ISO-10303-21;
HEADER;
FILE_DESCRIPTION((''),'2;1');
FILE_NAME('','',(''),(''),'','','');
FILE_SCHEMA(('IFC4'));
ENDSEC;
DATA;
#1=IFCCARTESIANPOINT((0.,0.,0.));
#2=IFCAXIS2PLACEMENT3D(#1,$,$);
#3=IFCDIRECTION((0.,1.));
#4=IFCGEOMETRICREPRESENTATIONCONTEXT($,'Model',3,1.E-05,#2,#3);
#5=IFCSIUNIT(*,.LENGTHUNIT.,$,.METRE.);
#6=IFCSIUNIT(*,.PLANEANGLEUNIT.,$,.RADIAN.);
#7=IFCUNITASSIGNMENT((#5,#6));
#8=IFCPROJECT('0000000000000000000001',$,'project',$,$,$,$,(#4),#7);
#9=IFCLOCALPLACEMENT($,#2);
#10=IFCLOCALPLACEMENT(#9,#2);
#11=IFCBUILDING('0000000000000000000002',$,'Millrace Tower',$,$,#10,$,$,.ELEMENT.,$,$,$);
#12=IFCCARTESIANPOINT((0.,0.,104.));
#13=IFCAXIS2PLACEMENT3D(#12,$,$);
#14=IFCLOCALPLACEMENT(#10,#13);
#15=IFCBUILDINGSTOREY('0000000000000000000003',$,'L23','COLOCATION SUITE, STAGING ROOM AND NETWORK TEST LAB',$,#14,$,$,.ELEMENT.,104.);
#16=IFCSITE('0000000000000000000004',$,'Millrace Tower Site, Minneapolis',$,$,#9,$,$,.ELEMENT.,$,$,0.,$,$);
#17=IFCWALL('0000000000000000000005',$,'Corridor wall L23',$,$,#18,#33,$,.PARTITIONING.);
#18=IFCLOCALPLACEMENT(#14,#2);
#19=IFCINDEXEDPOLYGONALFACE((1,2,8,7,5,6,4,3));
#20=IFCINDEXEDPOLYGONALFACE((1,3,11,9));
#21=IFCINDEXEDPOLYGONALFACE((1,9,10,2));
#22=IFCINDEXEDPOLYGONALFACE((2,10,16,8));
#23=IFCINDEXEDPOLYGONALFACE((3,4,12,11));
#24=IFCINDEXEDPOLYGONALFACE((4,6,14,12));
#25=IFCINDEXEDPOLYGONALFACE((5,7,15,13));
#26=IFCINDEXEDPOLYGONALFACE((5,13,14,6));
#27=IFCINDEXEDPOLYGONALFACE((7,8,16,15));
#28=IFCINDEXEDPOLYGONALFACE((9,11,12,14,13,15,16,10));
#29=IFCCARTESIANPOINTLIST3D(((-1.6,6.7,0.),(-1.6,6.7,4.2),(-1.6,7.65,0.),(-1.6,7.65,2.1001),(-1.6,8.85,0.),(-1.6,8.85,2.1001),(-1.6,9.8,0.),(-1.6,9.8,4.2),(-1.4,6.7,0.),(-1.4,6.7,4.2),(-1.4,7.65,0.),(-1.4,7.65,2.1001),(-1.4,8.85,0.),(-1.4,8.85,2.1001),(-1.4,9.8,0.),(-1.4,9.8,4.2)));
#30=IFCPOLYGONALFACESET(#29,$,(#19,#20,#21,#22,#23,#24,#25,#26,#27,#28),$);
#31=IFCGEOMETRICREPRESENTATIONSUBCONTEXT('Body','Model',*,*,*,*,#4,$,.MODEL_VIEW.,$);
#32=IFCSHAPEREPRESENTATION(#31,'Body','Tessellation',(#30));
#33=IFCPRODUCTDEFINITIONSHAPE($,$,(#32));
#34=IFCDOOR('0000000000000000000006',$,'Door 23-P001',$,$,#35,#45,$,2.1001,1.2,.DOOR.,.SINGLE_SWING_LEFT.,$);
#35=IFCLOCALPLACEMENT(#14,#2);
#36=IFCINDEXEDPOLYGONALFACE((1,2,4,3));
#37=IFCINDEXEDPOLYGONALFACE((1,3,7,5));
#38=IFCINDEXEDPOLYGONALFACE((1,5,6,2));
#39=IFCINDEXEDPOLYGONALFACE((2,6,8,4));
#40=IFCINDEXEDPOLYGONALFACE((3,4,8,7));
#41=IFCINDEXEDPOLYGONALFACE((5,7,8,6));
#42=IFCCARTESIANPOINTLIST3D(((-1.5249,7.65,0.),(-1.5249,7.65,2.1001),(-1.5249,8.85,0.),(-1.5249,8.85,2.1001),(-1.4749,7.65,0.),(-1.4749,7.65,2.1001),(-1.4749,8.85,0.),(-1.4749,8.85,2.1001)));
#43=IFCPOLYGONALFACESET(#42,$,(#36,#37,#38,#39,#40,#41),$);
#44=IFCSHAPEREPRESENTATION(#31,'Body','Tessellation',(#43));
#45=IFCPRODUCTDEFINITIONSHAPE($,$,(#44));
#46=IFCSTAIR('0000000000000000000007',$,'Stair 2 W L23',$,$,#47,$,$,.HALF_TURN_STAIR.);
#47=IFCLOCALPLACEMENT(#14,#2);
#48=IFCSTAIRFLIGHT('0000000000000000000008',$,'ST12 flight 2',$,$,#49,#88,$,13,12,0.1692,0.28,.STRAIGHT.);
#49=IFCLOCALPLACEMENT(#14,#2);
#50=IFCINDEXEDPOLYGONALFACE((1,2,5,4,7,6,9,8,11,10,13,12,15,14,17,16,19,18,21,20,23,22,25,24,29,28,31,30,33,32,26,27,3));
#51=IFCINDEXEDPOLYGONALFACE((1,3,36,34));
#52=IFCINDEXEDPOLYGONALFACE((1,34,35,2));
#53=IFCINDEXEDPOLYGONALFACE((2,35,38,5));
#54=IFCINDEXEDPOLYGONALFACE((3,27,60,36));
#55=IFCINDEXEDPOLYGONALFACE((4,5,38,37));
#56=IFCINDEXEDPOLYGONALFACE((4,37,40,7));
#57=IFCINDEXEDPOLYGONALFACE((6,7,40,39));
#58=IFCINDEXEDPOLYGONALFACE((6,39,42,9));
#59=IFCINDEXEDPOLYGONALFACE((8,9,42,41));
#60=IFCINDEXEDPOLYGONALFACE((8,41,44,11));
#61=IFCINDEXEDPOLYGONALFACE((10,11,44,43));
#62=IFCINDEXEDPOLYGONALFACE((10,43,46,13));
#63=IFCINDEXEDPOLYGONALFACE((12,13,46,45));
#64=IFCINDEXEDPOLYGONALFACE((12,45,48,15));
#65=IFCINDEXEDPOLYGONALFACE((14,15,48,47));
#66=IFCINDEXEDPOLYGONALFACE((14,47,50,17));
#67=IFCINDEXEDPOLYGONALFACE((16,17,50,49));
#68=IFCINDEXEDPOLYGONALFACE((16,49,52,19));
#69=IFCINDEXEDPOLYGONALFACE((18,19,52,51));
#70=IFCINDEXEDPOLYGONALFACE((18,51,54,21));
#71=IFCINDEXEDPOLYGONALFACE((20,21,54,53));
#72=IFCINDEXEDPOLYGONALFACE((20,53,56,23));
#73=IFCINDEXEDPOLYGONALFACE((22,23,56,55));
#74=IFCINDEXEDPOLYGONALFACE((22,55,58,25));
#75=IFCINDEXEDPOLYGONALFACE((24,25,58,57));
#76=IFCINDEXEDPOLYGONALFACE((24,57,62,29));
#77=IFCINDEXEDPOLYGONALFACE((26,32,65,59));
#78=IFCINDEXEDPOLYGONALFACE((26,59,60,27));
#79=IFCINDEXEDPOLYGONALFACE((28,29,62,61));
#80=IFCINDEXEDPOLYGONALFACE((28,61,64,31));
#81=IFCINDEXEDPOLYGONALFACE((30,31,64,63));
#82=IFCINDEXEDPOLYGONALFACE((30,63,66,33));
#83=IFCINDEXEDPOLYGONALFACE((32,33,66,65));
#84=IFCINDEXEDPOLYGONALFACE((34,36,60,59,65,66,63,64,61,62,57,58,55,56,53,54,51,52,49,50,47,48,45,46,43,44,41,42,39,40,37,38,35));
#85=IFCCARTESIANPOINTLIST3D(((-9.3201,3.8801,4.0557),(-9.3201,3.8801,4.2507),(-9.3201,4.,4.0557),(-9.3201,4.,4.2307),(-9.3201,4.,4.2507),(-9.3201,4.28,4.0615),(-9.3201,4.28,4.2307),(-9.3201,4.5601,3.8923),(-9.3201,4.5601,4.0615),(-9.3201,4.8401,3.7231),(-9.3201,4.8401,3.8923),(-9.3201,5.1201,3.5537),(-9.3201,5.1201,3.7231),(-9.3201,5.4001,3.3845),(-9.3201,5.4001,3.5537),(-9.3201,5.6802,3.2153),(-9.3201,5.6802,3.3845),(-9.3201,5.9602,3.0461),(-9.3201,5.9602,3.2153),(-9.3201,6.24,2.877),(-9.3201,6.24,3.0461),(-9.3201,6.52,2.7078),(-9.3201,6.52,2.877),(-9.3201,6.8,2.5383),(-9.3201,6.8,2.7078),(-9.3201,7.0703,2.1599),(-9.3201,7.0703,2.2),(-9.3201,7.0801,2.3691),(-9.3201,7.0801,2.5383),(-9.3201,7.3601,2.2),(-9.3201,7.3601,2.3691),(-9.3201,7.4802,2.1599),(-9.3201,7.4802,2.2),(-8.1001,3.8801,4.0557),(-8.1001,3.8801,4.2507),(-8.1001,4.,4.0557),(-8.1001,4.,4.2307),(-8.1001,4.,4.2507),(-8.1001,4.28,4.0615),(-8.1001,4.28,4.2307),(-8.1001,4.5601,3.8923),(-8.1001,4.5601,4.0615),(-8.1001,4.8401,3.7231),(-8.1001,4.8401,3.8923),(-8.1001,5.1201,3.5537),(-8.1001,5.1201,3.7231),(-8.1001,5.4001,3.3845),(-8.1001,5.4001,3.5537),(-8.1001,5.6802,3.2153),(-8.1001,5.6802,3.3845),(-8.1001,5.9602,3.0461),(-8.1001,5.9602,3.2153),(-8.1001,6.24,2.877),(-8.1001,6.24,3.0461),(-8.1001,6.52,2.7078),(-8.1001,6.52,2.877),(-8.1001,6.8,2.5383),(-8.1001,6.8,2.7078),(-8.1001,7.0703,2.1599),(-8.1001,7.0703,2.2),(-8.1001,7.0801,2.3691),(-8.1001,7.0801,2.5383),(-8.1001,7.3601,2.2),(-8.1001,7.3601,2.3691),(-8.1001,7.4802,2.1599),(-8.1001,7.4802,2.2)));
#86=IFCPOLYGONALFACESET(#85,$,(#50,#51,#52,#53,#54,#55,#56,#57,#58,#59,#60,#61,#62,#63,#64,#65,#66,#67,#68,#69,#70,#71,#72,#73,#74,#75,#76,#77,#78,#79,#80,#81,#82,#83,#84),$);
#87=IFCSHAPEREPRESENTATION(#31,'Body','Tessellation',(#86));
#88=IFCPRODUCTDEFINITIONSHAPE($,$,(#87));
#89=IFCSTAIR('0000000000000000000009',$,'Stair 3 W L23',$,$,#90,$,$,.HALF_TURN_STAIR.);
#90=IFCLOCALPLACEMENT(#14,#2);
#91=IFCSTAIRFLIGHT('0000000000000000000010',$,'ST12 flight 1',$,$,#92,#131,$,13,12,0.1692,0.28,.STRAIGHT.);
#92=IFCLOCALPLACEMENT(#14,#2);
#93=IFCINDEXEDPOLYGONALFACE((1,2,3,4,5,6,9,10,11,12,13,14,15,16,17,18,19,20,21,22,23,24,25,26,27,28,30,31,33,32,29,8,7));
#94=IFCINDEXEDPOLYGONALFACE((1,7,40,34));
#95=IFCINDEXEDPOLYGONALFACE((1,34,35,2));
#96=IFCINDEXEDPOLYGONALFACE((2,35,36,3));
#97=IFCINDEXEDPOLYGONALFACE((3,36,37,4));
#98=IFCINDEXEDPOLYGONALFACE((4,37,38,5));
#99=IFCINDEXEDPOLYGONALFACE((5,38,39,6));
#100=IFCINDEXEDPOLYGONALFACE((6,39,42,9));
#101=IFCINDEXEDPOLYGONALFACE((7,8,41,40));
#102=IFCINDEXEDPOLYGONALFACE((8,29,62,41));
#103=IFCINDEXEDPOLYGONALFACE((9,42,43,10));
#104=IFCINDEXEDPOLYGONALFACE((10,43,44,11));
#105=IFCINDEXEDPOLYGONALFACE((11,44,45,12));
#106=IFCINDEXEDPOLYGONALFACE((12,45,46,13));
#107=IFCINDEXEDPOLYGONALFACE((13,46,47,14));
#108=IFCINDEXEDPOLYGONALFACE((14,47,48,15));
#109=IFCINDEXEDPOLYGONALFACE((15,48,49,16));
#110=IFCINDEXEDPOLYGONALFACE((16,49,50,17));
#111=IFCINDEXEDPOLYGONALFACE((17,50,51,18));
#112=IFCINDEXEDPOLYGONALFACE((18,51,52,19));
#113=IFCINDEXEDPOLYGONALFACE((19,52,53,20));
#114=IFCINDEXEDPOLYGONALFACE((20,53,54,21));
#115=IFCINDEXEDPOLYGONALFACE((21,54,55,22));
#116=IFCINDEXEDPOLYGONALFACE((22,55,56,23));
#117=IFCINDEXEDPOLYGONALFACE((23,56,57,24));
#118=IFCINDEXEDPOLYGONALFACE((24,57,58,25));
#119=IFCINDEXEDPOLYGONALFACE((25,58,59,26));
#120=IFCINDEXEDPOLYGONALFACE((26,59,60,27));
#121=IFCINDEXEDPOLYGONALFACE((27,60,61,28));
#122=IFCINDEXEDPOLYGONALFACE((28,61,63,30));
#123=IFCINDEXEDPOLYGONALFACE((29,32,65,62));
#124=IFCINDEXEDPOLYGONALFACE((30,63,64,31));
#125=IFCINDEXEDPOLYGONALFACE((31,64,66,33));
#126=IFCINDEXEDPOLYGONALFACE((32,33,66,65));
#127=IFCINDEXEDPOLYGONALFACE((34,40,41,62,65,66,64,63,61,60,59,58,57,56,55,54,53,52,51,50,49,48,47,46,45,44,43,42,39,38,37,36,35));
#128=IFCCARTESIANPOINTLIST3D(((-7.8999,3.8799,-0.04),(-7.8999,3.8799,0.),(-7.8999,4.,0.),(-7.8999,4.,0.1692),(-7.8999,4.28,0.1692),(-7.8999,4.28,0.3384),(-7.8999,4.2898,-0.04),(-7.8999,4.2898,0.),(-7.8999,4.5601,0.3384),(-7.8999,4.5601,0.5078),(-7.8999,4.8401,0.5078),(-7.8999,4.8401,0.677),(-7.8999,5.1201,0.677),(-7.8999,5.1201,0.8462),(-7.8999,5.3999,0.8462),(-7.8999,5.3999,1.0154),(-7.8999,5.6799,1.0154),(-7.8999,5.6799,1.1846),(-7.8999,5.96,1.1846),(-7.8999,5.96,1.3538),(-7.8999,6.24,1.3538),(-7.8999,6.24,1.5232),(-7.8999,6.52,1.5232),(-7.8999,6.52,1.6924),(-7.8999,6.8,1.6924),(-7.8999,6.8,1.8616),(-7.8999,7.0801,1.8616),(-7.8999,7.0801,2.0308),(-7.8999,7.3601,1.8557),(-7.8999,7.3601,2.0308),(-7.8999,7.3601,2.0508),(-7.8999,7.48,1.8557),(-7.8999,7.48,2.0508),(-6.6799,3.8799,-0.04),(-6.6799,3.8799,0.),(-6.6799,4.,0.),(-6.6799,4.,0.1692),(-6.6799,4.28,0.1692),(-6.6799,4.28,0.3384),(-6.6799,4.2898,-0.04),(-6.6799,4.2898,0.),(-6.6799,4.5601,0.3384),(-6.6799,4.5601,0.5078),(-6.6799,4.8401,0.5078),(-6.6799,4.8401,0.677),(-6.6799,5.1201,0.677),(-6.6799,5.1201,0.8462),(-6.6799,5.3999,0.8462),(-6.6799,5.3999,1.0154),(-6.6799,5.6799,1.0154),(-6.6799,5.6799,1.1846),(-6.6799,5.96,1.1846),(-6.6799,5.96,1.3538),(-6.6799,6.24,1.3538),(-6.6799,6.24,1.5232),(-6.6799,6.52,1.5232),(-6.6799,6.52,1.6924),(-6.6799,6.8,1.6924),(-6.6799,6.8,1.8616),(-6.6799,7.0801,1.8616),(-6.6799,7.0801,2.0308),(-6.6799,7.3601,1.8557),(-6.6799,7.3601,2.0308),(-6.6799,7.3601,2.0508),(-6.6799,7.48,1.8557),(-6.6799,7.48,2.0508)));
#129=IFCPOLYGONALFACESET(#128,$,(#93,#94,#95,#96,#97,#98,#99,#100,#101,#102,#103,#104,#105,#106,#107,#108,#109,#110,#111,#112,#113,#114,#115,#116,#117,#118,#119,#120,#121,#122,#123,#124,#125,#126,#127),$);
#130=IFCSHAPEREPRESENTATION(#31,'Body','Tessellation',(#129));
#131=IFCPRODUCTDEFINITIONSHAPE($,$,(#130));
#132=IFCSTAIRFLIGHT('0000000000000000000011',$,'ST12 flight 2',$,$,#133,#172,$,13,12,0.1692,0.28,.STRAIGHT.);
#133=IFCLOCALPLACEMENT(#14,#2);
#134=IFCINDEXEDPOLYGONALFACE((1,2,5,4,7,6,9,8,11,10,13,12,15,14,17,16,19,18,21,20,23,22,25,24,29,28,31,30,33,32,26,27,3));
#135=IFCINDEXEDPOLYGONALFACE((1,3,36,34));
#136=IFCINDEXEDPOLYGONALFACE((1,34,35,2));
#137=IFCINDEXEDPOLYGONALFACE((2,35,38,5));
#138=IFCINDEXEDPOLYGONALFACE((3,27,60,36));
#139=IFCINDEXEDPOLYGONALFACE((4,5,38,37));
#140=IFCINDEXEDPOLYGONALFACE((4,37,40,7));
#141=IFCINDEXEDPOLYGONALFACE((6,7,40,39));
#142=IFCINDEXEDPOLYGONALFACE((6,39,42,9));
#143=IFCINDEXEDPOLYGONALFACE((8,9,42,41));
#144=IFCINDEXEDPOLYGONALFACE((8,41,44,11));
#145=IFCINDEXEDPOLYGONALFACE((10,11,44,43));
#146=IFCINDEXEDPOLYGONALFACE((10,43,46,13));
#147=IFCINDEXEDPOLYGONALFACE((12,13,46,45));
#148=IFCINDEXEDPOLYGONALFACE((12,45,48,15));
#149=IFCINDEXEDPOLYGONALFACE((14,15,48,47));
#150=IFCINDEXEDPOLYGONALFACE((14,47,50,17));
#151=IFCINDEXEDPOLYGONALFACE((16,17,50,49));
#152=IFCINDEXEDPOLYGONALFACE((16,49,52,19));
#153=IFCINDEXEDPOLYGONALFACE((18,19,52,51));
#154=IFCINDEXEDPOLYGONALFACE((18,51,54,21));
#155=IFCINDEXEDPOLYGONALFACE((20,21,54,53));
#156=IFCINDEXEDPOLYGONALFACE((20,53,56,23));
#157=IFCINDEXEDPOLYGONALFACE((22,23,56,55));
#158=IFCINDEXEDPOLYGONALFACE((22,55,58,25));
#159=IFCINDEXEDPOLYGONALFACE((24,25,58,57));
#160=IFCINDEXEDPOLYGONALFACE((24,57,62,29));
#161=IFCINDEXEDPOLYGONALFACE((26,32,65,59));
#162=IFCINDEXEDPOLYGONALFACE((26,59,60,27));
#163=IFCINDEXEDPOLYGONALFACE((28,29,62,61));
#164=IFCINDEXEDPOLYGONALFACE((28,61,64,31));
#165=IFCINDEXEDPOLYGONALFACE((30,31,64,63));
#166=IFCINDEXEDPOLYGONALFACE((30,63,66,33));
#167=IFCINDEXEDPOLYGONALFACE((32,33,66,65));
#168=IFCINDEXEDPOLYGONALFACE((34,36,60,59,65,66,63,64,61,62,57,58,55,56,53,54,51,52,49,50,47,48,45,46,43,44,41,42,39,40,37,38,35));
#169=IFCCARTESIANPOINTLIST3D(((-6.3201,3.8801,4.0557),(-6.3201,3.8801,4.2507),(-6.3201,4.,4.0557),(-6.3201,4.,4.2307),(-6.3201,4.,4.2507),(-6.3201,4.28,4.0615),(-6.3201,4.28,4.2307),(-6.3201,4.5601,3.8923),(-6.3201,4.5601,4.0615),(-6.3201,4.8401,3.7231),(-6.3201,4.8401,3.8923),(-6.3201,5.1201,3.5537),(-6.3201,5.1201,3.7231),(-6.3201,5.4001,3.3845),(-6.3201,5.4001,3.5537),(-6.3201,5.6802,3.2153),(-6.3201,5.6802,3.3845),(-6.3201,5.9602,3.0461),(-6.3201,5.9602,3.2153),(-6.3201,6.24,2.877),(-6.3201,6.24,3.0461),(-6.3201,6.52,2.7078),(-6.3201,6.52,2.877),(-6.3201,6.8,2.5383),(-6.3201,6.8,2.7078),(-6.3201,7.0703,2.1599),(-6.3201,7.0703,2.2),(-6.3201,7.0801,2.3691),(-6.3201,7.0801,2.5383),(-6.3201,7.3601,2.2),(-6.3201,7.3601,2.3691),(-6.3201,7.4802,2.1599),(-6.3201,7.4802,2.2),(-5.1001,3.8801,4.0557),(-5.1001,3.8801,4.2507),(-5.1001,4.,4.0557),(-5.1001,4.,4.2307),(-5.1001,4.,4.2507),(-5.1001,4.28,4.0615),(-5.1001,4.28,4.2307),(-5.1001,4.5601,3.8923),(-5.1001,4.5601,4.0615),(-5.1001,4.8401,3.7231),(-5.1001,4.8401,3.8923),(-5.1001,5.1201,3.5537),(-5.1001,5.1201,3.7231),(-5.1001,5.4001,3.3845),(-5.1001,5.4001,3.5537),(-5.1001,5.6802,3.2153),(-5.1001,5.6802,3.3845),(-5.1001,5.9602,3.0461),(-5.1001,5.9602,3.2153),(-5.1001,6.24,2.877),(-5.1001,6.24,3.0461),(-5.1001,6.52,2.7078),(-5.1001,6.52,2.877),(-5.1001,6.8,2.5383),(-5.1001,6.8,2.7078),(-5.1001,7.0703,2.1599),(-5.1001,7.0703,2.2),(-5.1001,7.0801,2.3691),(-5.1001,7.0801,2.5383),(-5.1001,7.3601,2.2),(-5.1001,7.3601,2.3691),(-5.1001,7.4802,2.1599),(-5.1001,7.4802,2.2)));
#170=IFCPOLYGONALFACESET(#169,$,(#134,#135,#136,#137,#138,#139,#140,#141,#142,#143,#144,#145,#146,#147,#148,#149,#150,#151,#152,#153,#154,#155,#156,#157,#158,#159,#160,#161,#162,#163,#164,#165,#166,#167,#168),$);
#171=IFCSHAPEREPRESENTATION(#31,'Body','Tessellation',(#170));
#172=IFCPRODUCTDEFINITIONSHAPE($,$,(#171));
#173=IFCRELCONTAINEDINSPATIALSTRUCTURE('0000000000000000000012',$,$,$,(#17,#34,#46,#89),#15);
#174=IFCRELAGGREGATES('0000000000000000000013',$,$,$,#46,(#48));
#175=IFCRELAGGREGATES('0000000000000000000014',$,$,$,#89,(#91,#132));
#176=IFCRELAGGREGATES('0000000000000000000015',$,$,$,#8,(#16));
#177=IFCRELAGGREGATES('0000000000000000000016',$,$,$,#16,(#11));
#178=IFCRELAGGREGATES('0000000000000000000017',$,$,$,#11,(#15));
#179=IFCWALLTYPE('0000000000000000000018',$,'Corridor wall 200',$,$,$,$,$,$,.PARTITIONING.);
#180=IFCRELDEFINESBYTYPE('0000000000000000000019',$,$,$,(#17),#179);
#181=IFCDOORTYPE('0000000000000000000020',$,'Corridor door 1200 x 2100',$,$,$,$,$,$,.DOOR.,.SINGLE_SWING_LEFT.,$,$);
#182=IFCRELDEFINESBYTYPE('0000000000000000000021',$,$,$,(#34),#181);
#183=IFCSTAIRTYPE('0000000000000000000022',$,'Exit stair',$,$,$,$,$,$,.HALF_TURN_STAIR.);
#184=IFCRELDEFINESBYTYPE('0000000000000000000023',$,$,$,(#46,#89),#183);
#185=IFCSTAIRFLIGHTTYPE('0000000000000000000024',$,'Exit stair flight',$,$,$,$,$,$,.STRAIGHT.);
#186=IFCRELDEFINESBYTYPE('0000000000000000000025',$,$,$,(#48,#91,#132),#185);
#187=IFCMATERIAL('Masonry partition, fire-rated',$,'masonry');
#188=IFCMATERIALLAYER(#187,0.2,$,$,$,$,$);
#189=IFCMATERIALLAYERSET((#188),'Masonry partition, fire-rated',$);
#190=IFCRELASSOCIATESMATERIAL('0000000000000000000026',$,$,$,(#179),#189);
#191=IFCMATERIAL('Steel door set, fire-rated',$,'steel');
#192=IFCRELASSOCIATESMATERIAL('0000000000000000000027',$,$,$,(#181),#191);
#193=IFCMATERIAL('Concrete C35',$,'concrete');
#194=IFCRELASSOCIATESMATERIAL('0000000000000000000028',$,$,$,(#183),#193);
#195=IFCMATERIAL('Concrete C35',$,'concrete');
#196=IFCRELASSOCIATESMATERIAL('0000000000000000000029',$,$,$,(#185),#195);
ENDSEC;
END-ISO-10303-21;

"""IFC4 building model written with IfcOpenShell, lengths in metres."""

from ifc_helpers import new_model, si_unit, direction, frame, frame_2d, origin, place, context, subcontext, project, spatial, polyline, rectangle, outline, extrude, material, layer, layer_set, type_object, element, fill, aggregate, save


model = new_model("IFC4")

# Units and contexts
model_context = context("Model", 3, precision=1e-05, world=origin(), true_north=direction((0.0, 1.0)))
body_context = subcontext(model_context, "Body", "Model", "MODEL_VIEW")
ifc_project = project(units=[si_unit("LENGTHUNIT", "METRE"), si_unit("PLANEANGLEUNIT", "RADIAN")], contexts=[model_context])

# Site, building, storey
site_placement = place(None, origin())
site = spatial("IfcSite", under=ifc_project, at=site_placement, Name="Millrace Tower Site, Minneapolis", CompositionType="ELEMENT", RefElevation=0.0)
building_placement = place(site_placement, origin())
building = spatial("IfcBuilding", under=site, at=building_placement, Name="Millrace Tower", CompositionType="ELEMENT")
storey_placement = place(building_placement, frame((0.0, 0.0, 104.0)))
storey = spatial("IfcBuildingStorey", under=building, at=storey_placement, Name="L23", Description="COLOCATION SUITE, STAGING ROOM AND NETWORK TEST LAB", CompositionType="ELEMENT", Elevation=104.0)

# Shared definitions
placement = place(storey_placement, origin())

# Shared definitions
ifc_material_1 = material(Name="Masonry partition, fire-rated", Category="masonry")
ifc_layer_1 = layer(ifc_material_1, 0.2)
ifc_layer_set_1 = layer_set([ifc_layer_1], Name="Masonry partition, fire-rated")
wall_type = type_object("IfcWallType", Name="Corridor wall 200", PredefinedType="PARTITIONING", material=ifc_layer_set_1)

# Wall, opening, door
wall_1_placement = place(storey_placement, frame((-1.5, 6.7, 0.0), z_axis=(0.0, 0.0, 1.0), x_axis=(0.0, 1.0, 0.0)))
wall_1 = element("IfcWall", 1, at=wall_1_placement, inside=storey, type_object=wall_type, Name="Corridor wall L23", PredefinedType="PARTITIONING", context=body_context, shape_type="SweptSolid", body=[
    extrude(rectangle(XDim=3.1001, YDim=0.2, at=frame_2d((1.55, 0.0))), origin(), (0.0, 0.0, 1.0), 4.2),
])
opening_placement = place(wall_1_placement, frame((0.95, 0.0, 0.0)))
opening = element("IfcOpeningElement", 2, at=opening_placement, cuts=wall_1, PredefinedType="OPENING", context=body_context, shape_type="SweptSolid", body=[
    extrude(rectangle(XDim=1.2, YDim=2.1001, at=frame_2d((0.6001, 1.05))), frame((0.0, 0.1099, 0.0), z_axis=(0.0, -1.0, 0.0), x_axis=(1.0, 0.0, 0.0)), (0.0, 0.0, 1.0), 0.22),
])
ifc_material_2 = material(Name="Steel door set, fire-rated", Category="steel")
door_type = type_object("IfcDoorType", Name="Corridor door 1200 x 2100", OperationType="SINGLE_SWING_LEFT", PredefinedType="DOOR", material=ifc_material_2)
door_placement = place(opening_placement, origin())
door = element("IfcDoor", 3, at=door_placement, inside=storey, type_object=door_type, Name="Door 23-P001", OperationType="SINGLE_SWING_LEFT", OverallHeight=2.1001, OverallWidth=1.2, PredefinedType="DOOR", context=body_context, shape_type="SweptSolid", body=[
    extrude(rectangle(XDim=1.2, YDim=2.1001, at=frame_2d((0.6001, 1.05))), frame((0.0, 0.0249, 0.0), z_axis=(0.0, -1.0, 0.0), x_axis=(1.0, 0.0, 0.0)), (0.0, 0.0, 1.0), 0.05),
])
fill(opening, door)

# Stair, stair flight
ifc_material_3 = material(Name="Concrete C35", Category="concrete")
stair_type = type_object("IfcStairType", Name="Exit stair", PredefinedType="HALF_TURN_STAIR", material=ifc_material_3)
stair_1 = element("IfcStair", 4, at=placement, inside=storey, type_object=stair_type, Name="Stair 2 W L23", PredefinedType="HALF_TURN_STAIR")
ifc_material_4 = material(Name="Concrete C35", Category="concrete")
stair_flight_type = type_object("IfcStairFlightType", Name="Exit stair flight", PredefinedType="STRAIGHT", material=ifc_material_4)
stair_flight_1_placement = place(storey_placement, frame((-8.71, 7.3601, 2.2), z_axis=(0.0, 0.0, 1.0), x_axis=(0.0, -1.0, 0.0)))
stair_flight_1 = element("IfcStairFlight", 5, at=stair_flight_1_placement, type_object=stair_flight_type, Name="ST12 flight 2", NumberOfRisers=13, NumberOfTreads=12, PredefinedType="STRAIGHT", RiserHeight=0.1692, TreadLength=0.28, context=body_context, shape_type="SweptSolid", body=[
    extrude(outline(polyline([(-0.1201, -0.04), (-0.1201, 0.0), (0.0, 0.0), (0.0, 0.1692), (0.28, 0.1692), (0.28, 0.3384), (0.5601, 0.3384), (0.5601, 0.5078), (0.8401, 0.5078), (0.8401, 0.677), (1.1201, 0.677), (1.1201, 0.8462), (1.3999, 0.8462), (1.3999, 1.0154), (1.6799, 1.0154), (1.6799, 1.1846), (1.96, 1.1846), (1.96, 1.3538), (2.24, 1.3538), (2.24, 1.5232), (2.52, 1.5232), (2.52, 1.6924), (2.8, 1.6924), (2.8, 1.8616), (3.0801, 1.8616), (3.0801, 2.0308), (3.3601, 2.0308), (3.3601, 2.0508), (3.48, 2.0508), (3.48, 1.8557), (3.3601, 1.8557), (0.2898, 0.0), (0.2898, -0.04), (-0.1201, -0.04)])), frame((0.0, 0.6099, 0.0), z_axis=(0.0, -1.0, 0.0), x_axis=(1.0, 0.0, 0.0)), (0.0, 0.0, 1.0), 1.22),
])
aggregate(stair_1, [stair_flight_1])

# Stair, stair flights
stair_2 = element("IfcStair", 6, at=placement, inside=storey, type_object=stair_type, Name="Stair 3 W L23", PredefinedType="HALF_TURN_STAIR")
stair_flight_2_placement = place(storey_placement, frame((-7.29, 4.0, 0.0), z_axis=(0.0, 0.0, 1.0), x_axis=(0.0, 1.0, 0.0)))
stair_flight_2 = element("IfcStairFlight", 7, at=stair_flight_2_placement, type_object=stair_flight_type, Name="ST12 flight 1", NumberOfRisers=13, NumberOfTreads=12, PredefinedType="STRAIGHT", RiserHeight=0.1692, TreadLength=0.28, context=body_context, shape_type="SweptSolid", body=[
    extrude(outline(polyline([(-0.1201, -0.04), (-0.1201, 0.0), (0.0, 0.0), (0.0, 0.1692), (0.28, 0.1692), (0.28, 0.3384), (0.5601, 0.3384), (0.5601, 0.5078), (0.8401, 0.5078), (0.8401, 0.677), (1.1201, 0.677), (1.1201, 0.8462), (1.3999, 0.8462), (1.3999, 1.0154), (1.6799, 1.0154), (1.6799, 1.1846), (1.96, 1.1846), (1.96, 1.3538), (2.24, 1.3538), (2.24, 1.5232), (2.52, 1.5232), (2.52, 1.6924), (2.8, 1.6924), (2.8, 1.8616), (3.0801, 1.8616), (3.0801, 2.0308), (3.3601, 2.0308), (3.3601, 2.0508), (3.48, 2.0508), (3.48, 1.8557), (3.3601, 1.8557), (0.2898, 0.0), (0.2898, -0.04), (-0.1201, -0.04)])), frame((0.0, 0.6099, 0.0), z_axis=(0.0, -1.0, 0.0), x_axis=(1.0, 0.0, 0.0)), (0.0, 0.0, 1.0), 1.22),
])
stair_flight_3_placement = place(storey_placement, frame((-5.71, 7.3601, 2.2), z_axis=(0.0, 0.0, 1.0), x_axis=(0.0, -1.0, 0.0)))
stair_flight_3 = element("IfcStairFlight", 8, at=stair_flight_3_placement, type_object=stair_flight_type, Name="ST12 flight 2", NumberOfRisers=13, NumberOfTreads=12, PredefinedType="STRAIGHT", RiserHeight=0.1692, TreadLength=0.28, context=body_context, shape_type="SweptSolid", body=[
    extrude(outline(polyline([(-0.1201, -0.04), (-0.1201, 0.0), (0.0, 0.0), (0.0, 0.1692), (0.28, 0.1692), (0.28, 0.3384), (0.5601, 0.3384), (0.5601, 0.5078), (0.8401, 0.5078), (0.8401, 0.677), (1.1201, 0.677), (1.1201, 0.8462), (1.3999, 0.8462), (1.3999, 1.0154), (1.6799, 1.0154), (1.6799, 1.1846), (1.96, 1.1846), (1.96, 1.3538), (2.24, 1.3538), (2.24, 1.5232), (2.52, 1.5232), (2.52, 1.6924), (2.8, 1.6924), (2.8, 1.8616), (3.0801, 1.8616), (3.0801, 2.0308), (3.3601, 2.0308), (3.3601, 2.0508), (3.48, 2.0508), (3.48, 1.8557), (3.3601, 1.8557), (0.2898, 0.0), (0.2898, -0.04), (-0.1201, -0.04)])), frame((0.0, 0.6099, 0.0), z_axis=(0.0, -1.0, 0.0), x_axis=(1.0, 0.0, 0.0)), (0.0, 0.0, 1.0), 1.22),
])
aggregate(stair_2, [stair_flight_2, stair_flight_3])

save(model, "model.ifc")
